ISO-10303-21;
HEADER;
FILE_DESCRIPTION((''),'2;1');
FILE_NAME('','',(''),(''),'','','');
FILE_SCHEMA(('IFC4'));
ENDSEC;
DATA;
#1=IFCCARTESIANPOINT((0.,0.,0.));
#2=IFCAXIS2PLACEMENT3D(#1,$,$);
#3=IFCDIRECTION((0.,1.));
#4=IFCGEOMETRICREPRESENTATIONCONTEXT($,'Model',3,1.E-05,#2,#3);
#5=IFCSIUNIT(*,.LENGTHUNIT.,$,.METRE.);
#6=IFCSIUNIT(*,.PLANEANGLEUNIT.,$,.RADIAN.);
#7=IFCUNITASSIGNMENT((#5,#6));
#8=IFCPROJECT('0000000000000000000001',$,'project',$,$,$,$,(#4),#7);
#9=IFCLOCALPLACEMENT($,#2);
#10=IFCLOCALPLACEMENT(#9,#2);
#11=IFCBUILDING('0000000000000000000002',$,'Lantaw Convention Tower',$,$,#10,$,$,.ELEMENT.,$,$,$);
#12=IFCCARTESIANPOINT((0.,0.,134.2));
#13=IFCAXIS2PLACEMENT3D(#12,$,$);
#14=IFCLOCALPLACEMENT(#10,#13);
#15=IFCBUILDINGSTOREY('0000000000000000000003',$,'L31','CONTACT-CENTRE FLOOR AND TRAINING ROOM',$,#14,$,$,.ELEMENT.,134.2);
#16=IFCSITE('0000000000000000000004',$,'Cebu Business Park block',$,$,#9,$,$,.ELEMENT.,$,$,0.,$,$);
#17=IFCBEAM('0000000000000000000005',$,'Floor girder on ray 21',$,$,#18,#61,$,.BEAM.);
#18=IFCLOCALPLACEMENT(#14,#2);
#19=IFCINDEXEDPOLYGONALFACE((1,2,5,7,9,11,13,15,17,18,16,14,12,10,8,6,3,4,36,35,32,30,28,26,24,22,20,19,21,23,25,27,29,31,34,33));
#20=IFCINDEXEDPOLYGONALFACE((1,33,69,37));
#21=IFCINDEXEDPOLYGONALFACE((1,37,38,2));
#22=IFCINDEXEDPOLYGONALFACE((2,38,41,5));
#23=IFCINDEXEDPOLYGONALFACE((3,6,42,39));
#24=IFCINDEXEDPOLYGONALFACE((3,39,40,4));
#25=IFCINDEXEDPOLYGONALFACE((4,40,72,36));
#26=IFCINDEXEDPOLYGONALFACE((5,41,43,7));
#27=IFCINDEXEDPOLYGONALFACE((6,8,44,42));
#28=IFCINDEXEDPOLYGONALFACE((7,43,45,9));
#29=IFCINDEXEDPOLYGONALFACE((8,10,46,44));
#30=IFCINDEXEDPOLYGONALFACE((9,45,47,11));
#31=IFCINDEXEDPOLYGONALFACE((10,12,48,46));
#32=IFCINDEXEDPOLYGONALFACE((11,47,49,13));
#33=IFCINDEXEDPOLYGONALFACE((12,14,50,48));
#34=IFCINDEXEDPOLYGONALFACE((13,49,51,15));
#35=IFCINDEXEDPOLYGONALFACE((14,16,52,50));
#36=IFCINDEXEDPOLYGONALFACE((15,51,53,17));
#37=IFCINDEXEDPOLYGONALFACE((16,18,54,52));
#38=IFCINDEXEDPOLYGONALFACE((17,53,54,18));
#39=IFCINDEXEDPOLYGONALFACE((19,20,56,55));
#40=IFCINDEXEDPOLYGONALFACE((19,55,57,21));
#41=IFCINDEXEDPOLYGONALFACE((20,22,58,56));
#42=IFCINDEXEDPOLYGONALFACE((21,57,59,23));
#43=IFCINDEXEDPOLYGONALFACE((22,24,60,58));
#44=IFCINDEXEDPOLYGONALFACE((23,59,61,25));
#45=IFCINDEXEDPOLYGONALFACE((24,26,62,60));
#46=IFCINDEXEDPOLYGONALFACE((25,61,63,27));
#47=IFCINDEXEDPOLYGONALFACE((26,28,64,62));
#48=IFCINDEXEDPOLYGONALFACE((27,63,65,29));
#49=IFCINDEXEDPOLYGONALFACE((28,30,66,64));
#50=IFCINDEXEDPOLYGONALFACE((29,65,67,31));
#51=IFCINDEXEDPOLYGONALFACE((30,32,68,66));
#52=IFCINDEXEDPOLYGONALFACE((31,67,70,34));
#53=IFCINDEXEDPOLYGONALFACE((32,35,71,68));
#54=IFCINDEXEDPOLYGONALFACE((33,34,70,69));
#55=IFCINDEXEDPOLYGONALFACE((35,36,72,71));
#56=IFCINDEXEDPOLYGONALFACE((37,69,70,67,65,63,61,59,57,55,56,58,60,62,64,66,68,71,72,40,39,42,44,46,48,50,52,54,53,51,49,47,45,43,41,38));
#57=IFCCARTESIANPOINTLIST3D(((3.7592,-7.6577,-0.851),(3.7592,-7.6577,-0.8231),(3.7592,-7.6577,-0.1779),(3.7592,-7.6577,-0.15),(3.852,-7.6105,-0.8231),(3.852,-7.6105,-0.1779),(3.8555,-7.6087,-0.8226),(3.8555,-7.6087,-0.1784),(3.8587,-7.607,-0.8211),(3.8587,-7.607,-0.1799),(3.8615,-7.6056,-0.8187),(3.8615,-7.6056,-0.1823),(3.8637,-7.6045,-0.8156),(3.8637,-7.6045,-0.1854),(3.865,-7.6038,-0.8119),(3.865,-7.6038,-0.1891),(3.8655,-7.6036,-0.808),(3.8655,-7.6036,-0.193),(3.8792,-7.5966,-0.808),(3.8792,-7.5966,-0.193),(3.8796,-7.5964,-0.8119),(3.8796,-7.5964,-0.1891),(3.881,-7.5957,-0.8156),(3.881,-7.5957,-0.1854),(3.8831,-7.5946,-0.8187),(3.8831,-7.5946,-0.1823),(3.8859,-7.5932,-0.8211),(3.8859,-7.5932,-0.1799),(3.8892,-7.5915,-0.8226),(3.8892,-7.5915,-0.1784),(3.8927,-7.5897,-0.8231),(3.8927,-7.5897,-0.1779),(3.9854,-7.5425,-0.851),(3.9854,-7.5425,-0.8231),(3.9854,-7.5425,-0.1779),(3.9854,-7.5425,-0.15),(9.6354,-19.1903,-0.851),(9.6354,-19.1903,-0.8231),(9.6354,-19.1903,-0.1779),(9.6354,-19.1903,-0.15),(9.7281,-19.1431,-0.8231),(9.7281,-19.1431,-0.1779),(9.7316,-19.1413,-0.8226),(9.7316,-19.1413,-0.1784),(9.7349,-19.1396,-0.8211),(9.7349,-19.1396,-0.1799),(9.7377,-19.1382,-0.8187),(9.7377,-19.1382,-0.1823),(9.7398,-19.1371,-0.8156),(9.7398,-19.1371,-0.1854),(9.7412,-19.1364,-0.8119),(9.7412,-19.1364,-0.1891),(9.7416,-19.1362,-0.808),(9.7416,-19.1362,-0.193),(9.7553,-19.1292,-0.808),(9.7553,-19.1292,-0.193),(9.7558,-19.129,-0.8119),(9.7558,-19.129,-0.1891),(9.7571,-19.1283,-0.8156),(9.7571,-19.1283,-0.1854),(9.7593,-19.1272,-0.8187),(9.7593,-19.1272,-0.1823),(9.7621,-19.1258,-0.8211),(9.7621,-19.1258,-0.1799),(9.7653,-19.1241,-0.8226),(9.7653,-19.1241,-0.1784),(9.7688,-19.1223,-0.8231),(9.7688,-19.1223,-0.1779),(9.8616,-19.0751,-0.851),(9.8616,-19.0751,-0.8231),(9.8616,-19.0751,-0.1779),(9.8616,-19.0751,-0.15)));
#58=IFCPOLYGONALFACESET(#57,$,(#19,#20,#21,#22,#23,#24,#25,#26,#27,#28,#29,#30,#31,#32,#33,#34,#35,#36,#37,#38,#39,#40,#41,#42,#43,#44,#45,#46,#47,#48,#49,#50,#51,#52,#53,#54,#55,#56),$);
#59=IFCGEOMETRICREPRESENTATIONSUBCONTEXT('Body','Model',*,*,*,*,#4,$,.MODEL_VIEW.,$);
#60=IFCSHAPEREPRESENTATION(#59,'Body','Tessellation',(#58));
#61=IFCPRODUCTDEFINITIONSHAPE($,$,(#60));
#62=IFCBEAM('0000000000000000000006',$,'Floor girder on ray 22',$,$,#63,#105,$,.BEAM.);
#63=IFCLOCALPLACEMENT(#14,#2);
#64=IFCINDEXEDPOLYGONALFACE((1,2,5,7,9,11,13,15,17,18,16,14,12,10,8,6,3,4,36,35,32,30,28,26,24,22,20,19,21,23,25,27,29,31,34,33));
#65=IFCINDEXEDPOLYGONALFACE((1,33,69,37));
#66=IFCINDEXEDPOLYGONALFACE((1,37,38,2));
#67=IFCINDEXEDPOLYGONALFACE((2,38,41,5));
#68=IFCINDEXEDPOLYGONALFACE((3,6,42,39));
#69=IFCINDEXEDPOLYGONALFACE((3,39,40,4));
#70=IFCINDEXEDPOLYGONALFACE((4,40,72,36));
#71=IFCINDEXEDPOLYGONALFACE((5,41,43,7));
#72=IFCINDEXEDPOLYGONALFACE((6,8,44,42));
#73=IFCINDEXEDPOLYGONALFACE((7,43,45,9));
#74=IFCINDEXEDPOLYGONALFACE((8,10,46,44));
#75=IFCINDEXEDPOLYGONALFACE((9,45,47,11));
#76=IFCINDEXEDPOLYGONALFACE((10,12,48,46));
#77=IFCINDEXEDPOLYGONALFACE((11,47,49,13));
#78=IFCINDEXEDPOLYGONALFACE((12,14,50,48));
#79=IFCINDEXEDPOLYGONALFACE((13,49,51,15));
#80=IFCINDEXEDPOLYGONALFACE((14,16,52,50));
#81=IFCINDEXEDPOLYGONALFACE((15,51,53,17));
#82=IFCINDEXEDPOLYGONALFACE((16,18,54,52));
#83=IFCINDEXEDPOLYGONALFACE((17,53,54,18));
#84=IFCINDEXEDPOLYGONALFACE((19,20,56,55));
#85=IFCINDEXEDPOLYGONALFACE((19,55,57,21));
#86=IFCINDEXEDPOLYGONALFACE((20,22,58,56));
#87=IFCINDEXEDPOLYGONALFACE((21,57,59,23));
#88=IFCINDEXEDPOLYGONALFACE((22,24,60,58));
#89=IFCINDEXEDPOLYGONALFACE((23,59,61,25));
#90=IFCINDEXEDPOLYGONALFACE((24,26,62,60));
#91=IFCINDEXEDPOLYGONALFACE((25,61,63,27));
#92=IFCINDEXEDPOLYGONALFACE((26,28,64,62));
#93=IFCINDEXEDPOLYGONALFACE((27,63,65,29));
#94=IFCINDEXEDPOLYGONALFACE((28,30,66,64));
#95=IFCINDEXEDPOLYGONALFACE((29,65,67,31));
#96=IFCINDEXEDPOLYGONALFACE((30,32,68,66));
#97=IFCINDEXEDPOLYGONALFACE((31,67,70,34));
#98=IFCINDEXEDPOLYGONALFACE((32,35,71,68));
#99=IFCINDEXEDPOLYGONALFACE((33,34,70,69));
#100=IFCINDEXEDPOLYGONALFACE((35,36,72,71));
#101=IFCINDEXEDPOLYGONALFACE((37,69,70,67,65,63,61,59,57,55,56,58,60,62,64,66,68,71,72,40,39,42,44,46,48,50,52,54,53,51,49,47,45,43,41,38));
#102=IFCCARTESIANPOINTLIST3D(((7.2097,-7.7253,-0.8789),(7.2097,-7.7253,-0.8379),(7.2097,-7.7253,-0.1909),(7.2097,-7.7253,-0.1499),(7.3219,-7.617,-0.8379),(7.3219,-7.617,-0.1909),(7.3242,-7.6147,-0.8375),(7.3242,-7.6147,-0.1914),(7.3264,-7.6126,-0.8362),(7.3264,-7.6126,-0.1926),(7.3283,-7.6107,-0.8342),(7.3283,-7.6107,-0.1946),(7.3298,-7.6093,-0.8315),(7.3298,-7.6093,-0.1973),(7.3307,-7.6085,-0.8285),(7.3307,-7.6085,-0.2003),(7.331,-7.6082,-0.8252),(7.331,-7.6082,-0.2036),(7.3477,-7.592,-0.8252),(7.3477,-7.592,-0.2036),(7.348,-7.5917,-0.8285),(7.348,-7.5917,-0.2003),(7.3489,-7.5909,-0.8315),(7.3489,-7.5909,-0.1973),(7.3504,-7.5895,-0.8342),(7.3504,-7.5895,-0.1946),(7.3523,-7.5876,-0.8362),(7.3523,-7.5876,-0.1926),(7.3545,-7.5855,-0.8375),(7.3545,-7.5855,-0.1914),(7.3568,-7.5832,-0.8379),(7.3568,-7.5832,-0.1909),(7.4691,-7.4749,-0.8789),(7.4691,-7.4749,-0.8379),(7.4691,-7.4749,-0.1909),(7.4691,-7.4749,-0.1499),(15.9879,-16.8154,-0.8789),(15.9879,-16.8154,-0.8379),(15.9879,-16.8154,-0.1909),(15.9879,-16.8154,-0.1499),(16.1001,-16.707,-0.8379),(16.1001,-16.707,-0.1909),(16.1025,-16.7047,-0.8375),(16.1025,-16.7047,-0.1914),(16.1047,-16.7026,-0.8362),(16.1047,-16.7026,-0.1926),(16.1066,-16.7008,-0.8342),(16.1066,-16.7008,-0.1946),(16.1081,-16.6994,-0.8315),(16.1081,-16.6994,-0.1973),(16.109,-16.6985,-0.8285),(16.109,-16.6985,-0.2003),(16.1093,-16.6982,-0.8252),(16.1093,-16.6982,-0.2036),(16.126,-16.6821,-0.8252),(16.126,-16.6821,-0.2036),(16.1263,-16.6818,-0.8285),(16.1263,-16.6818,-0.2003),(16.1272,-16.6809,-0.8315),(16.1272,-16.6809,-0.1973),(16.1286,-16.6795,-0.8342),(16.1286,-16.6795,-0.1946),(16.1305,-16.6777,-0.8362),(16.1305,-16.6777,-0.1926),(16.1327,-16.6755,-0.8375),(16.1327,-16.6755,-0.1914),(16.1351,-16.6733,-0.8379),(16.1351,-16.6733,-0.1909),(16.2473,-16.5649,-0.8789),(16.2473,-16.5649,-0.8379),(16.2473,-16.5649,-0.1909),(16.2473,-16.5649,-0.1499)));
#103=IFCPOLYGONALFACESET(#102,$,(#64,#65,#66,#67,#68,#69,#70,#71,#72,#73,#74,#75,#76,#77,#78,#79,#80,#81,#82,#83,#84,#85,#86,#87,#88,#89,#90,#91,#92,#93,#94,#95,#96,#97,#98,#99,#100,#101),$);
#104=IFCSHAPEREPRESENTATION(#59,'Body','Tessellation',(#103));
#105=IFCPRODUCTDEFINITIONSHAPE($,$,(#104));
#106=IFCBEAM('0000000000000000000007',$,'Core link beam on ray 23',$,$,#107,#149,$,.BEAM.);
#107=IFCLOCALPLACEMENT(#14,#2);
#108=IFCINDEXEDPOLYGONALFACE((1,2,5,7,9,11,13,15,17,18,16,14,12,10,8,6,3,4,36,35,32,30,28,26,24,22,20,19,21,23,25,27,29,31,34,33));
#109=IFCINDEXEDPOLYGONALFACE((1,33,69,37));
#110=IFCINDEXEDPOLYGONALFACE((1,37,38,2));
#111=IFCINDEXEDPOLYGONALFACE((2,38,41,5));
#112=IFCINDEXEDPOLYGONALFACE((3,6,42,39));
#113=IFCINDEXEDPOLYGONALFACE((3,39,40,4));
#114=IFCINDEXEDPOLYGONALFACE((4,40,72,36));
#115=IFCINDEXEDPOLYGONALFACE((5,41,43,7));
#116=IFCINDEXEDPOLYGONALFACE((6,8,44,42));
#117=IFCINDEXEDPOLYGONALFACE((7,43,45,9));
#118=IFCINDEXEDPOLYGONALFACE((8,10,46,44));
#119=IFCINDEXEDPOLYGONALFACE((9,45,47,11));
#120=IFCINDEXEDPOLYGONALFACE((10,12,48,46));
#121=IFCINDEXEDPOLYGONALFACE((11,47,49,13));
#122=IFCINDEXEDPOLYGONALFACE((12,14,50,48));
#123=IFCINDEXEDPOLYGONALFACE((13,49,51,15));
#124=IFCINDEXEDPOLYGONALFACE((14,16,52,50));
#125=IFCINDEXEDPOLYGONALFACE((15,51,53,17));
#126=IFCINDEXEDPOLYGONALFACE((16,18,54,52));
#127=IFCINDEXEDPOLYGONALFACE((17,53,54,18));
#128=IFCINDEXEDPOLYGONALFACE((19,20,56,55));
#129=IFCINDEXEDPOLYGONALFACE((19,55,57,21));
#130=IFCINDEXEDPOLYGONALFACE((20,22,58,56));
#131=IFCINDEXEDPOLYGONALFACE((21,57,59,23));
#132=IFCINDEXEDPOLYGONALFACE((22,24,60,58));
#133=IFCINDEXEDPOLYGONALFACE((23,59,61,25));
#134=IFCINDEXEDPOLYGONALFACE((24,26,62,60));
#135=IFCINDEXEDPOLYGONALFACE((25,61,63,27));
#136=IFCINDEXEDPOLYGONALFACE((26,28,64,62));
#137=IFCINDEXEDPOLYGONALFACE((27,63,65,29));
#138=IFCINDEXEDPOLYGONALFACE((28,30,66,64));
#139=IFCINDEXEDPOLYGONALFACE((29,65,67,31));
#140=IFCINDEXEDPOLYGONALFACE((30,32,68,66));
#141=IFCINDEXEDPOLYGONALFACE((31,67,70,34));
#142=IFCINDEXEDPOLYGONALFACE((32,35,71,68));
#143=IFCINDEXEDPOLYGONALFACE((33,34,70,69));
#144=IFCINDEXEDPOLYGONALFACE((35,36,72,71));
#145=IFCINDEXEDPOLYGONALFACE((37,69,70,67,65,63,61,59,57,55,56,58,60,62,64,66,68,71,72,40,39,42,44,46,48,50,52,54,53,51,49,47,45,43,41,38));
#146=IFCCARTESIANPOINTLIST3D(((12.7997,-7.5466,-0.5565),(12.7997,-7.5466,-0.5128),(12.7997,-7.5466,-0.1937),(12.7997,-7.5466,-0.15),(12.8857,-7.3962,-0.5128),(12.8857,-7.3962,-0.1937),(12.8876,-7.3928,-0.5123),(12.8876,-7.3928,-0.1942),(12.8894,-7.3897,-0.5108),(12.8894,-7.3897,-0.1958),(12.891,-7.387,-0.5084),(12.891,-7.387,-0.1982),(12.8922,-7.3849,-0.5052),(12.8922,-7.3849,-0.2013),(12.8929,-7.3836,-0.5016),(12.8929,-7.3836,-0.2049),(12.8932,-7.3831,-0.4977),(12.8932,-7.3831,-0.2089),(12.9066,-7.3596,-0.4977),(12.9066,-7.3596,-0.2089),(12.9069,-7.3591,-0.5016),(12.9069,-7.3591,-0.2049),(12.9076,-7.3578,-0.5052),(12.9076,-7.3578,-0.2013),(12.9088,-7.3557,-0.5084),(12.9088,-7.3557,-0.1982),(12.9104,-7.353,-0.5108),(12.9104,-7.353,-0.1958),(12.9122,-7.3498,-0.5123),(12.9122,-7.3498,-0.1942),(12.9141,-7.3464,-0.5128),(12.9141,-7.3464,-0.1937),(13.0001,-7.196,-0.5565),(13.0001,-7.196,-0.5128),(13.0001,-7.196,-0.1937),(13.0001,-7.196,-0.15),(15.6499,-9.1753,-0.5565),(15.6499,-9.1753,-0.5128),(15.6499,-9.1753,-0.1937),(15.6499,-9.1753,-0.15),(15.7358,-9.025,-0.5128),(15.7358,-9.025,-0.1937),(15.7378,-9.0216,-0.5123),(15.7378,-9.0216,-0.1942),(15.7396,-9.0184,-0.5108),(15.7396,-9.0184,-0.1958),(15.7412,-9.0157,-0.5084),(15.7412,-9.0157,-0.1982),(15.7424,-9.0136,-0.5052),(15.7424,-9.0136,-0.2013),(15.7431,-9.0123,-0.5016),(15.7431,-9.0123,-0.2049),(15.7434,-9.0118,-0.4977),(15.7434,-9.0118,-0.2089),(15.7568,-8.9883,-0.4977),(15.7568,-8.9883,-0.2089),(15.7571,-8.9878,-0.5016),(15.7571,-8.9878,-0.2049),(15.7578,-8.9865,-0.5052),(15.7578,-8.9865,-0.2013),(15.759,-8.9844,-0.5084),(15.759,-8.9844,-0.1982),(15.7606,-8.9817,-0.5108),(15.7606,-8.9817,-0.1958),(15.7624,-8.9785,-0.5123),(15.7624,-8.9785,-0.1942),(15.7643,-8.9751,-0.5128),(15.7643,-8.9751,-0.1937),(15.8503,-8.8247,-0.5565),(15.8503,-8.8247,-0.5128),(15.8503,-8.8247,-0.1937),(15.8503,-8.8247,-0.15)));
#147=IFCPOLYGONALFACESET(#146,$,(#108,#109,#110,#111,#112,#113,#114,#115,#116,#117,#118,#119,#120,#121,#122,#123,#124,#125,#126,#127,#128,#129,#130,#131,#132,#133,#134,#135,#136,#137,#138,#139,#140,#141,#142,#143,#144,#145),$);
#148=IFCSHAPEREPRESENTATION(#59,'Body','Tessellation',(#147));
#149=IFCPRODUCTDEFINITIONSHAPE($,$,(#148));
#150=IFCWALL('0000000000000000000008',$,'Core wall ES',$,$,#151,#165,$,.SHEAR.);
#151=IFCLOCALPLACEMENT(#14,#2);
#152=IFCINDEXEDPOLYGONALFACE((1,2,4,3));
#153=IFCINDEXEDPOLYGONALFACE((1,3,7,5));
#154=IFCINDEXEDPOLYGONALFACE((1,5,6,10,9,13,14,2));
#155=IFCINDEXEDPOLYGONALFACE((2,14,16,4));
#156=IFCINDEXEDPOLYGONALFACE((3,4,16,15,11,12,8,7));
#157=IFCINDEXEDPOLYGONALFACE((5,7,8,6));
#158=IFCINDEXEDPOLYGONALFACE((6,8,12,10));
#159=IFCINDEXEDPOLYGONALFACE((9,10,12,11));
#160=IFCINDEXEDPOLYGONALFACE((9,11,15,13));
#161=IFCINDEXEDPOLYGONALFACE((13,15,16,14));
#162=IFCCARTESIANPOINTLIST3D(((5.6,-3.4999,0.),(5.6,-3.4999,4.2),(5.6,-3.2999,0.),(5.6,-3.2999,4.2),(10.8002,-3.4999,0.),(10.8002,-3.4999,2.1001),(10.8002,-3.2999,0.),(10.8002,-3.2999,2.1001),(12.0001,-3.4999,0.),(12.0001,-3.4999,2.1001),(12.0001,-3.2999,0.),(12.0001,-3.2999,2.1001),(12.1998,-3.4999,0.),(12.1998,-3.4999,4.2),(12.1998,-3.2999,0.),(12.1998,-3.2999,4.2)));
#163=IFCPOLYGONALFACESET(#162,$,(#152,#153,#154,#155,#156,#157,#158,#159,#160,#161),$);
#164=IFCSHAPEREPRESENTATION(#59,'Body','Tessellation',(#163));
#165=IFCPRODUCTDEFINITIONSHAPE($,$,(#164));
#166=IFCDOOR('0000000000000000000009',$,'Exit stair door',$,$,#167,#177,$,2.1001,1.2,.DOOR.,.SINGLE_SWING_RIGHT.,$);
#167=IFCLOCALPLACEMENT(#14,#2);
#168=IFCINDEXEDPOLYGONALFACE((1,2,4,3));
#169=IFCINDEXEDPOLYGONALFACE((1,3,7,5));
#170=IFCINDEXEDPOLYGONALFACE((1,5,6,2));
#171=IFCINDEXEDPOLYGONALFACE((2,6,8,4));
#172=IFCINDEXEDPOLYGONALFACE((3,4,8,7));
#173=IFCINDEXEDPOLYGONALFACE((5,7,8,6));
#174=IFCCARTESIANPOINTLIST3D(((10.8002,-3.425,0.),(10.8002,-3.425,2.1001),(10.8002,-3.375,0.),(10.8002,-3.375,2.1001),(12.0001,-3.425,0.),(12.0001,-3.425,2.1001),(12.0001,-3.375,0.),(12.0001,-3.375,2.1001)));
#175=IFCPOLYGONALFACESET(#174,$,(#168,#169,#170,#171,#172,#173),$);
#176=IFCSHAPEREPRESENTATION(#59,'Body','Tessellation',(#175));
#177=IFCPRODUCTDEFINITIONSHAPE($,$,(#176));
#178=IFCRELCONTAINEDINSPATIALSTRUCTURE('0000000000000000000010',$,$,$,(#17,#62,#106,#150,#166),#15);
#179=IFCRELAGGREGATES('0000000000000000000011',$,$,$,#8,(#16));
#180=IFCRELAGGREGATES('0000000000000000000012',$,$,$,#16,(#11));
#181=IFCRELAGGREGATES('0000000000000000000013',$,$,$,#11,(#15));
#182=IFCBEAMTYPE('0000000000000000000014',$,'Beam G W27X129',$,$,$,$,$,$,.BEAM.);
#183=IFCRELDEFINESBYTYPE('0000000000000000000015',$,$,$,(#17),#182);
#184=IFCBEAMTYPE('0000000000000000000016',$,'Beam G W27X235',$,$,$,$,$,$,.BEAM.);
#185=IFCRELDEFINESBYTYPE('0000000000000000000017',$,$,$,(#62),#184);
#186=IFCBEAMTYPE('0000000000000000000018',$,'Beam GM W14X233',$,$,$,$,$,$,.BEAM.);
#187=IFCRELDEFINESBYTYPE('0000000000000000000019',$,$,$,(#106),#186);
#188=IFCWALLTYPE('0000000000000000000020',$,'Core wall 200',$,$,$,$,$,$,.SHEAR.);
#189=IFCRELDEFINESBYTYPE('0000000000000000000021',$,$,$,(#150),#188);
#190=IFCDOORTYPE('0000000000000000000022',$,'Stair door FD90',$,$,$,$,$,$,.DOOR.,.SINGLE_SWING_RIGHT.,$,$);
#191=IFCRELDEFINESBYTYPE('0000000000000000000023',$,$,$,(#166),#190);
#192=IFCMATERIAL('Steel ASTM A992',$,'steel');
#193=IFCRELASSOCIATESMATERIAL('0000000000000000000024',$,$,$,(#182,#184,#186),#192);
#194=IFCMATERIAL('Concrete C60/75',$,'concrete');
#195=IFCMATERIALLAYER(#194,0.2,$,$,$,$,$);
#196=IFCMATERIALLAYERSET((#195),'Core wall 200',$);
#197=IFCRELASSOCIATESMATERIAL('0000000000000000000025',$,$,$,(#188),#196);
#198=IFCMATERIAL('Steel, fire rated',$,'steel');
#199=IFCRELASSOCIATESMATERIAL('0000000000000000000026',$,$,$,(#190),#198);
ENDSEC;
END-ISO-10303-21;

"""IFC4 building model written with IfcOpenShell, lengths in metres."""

from ifc_helpers import new_model, si_unit, direction, frame, frame_2d, origin, origin_2d, place, context, subcontext, project, spatial, rectangle, i_section, extrude, material, layer, layer_set, material_profile, profile_set, type_object, element, fill, save


model = new_model("IFC4")

# Units and contexts
model_context = context("Model", 3, precision=1e-05, world=origin(), true_north=direction((0.0, 1.0)))
body_context = subcontext(model_context, "Body", "Model", "MODEL_VIEW")
ifc_project = project(units=[si_unit("LENGTHUNIT", "METRE"), si_unit("PLANEANGLEUNIT", "RADIAN")], contexts=[model_context])

# Site, building, storey
site_placement = place(None, origin())
site = spatial("IfcSite", under=ifc_project, at=site_placement, Name="Cebu Business Park block", CompositionType="ELEMENT", RefElevation=0.0)
building_placement = place(site_placement, origin())
building = spatial("IfcBuilding", under=site, at=building_placement, Name="Lantaw Convention Tower", CompositionType="ELEMENT")
storey_placement = place(building_placement, frame((0.0, 0.0, 134.2)))
storey = spatial("IfcBuildingStorey", under=building, at=storey_placement, Name="L31", Description="CONTACT-CENTRE FLOOR AND TRAINING ROOM", CompositionType="ELEMENT", Elevation=134.2)

# Beams
ifc_material_1 = material(Name="Steel ASTM A992", Category="steel")
ifc_material_profile_1 = material_profile(ifc_material_1, i_section(OverallWidth=0.2539, OverallDepth=0.7009, WebThickness=0.0154, FlangeThickness=0.0278, FilletRadius=0.0151, at=origin_2d()), Name="W27X129")
ifc_profile_set_1 = profile_set([ifc_material_profile_1], Name="Steel ASTM A992")
beam_type_1 = type_object("IfcBeamType", Name="Beam G W27X129", PredefinedType="BEAM", material=ifc_profile_set_1)
beam_1_placement = place(storey_placement, frame((3.8723, -7.6001, -0.5005), z_axis=(0.453991, -0.891006, 0.0), x_axis=(0.891006, 0.453991, 0.0)))
element("IfcBeam", 1, at=beam_1_placement, inside=storey, type_object=beam_type_1, Name="Floor girder on ray 21", PredefinedType="BEAM", context=body_context, shape_type="SweptSolid", body=[
    extrude(i_section(OverallWidth=0.2539, OverallDepth=0.7009, WebThickness=0.0154, FlangeThickness=0.0278, FilletRadius=0.0151, at=origin_2d()), origin(), (0.0, 0.0, 1.0), 12.9434),
])
ifc_material_profile_2 = material_profile(ifc_material_1, i_section(OverallWidth=0.3606, OverallDepth=0.729, WebThickness=0.0232, FlangeThickness=0.041, FilletRadius=0.0127, at=origin_2d()), Name="W27X235")
ifc_profile_set_2 = profile_set([ifc_material_profile_2], Name="Steel ASTM A992")
beam_type_2 = type_object("IfcBeamType", Name="Beam G W27X235", PredefinedType="BEAM", material=ifc_profile_set_2)
beam_2_placement = place(storey_placement, frame((7.3394, -7.6001, -0.5144), z_axis=(0.694663, -0.719335, 0.0), x_axis=(0.719335, 0.694663, 0.0)))
element("IfcBeam", 2, at=beam_2_placement, inside=storey, type_object=beam_type_2, Name="Floor girder on ray 22", PredefinedType="BEAM", context=body_context, shape_type="SweptSolid", body=[
    extrude(i_section(OverallWidth=0.3606, OverallDepth=0.729, WebThickness=0.0232, FlangeThickness=0.041, FilletRadius=0.0127, at=origin_2d()), origin(), (0.0, 0.0, 1.0), 12.6367),
])
ifc_material_profile_3 = material_profile(ifc_material_1, i_section(OverallWidth=0.4038, OverallDepth=0.4065, WebThickness=0.0271, FlangeThickness=0.0437, FilletRadius=0.0151, at=origin_2d()), Name="W14X233")
ifc_profile_set_3 = profile_set([ifc_material_profile_3], Name="Steel ASTM A992")
beam_type_3 = type_object("IfcBeamType", Name="Beam GM W14X233", PredefinedType="BEAM", material=ifc_profile_set_3)
beam_3_placement = place(storey_placement, frame((12.8999, -7.3713, -0.3533), z_axis=(0.868239, -0.496147, 0.0), x_axis=(0.496147, 0.868239, 0.0)))
element("IfcBeam", 3, at=beam_3_placement, inside=storey, type_object=beam_type_3, Name="Core link beam on ray 23", PredefinedType="BEAM", context=body_context, shape_type="SweptSolid", body=[
    extrude(i_section(OverallWidth=0.4038, OverallDepth=0.4065, WebThickness=0.0271, FlangeThickness=0.0437, FilletRadius=0.0151, at=origin_2d()), origin(), (0.0, 0.0, 1.0), 3.2827),
])

# Wall, opening, door
ifc_material_2 = material(Name="Concrete C60/75", Category="concrete")
ifc_layer_1 = layer(ifc_material_2, 0.2)
ifc_layer_set_1 = layer_set([ifc_layer_1], Name="Core wall 200")
wall_type_1 = type_object("IfcWallType", Name="Core wall 200", PredefinedType="SHEAR", material=ifc_layer_set_1)
wall_1_placement = place(storey_placement, frame((5.6001, -3.3999, 0.0), z_axis=(0.0, 0.0, 1.0), x_axis=(1.0, 0.0, 0.0)))
wall_1 = element("IfcWall", 4, at=wall_1_placement, inside=storey, type_object=wall_type_1, Name="Core wall ES", PredefinedType="SHEAR", context=body_context, shape_type="SweptSolid", body=[
    extrude(rectangle(XDim=6.5999, YDim=0.2, at=frame_2d((3.2998, 0.0))), origin(), (0.0, 0.0, 1.0), 4.2),
])
opening_1_placement = place(wall_1_placement, frame((5.2, 0.0, 0.0)))
opening_1 = element("IfcOpeningElement", 5, at=opening_1_placement, cuts=wall_1, PredefinedType="OPENING", context=body_context, shape_type="SweptSolid", body=[
    extrude(rectangle(XDim=1.2, YDim=2.1001, at=frame_2d((0.6001, 1.05))), frame((0.0, 0.1099, 0.0), z_axis=(0.0, -1.0, 0.0), x_axis=(1.0, 0.0, 0.0)), (0.0, 0.0, 1.0), 0.22),
])
ifc_material_3 = material(Name="Steel, fire rated", Category="steel")
door_type_1 = type_object("IfcDoorType", Name="Stair door FD90", OperationType="SINGLE_SWING_RIGHT", PredefinedType="DOOR", material=ifc_material_3)
door_1_placement = place(opening_1_placement, origin())
door_1 = element("IfcDoor", 6, at=door_1_placement, inside=storey, type_object=door_type_1, Name="Exit stair door", OperationType="SINGLE_SWING_RIGHT", OverallHeight=2.1001, OverallWidth=1.2, PredefinedType="DOOR", context=body_context, shape_type="SweptSolid", body=[
    extrude(rectangle(XDim=1.2, YDim=2.1001, at=frame_2d((0.6001, 1.05))), frame((0.0, 0.0249, 0.0), z_axis=(0.0, -1.0, 0.0), x_axis=(1.0, 0.0, 0.0)), (0.0, 0.0, 1.0), 0.05),
])
fill(opening_1, door_1)

save(model, "model.ifc")
